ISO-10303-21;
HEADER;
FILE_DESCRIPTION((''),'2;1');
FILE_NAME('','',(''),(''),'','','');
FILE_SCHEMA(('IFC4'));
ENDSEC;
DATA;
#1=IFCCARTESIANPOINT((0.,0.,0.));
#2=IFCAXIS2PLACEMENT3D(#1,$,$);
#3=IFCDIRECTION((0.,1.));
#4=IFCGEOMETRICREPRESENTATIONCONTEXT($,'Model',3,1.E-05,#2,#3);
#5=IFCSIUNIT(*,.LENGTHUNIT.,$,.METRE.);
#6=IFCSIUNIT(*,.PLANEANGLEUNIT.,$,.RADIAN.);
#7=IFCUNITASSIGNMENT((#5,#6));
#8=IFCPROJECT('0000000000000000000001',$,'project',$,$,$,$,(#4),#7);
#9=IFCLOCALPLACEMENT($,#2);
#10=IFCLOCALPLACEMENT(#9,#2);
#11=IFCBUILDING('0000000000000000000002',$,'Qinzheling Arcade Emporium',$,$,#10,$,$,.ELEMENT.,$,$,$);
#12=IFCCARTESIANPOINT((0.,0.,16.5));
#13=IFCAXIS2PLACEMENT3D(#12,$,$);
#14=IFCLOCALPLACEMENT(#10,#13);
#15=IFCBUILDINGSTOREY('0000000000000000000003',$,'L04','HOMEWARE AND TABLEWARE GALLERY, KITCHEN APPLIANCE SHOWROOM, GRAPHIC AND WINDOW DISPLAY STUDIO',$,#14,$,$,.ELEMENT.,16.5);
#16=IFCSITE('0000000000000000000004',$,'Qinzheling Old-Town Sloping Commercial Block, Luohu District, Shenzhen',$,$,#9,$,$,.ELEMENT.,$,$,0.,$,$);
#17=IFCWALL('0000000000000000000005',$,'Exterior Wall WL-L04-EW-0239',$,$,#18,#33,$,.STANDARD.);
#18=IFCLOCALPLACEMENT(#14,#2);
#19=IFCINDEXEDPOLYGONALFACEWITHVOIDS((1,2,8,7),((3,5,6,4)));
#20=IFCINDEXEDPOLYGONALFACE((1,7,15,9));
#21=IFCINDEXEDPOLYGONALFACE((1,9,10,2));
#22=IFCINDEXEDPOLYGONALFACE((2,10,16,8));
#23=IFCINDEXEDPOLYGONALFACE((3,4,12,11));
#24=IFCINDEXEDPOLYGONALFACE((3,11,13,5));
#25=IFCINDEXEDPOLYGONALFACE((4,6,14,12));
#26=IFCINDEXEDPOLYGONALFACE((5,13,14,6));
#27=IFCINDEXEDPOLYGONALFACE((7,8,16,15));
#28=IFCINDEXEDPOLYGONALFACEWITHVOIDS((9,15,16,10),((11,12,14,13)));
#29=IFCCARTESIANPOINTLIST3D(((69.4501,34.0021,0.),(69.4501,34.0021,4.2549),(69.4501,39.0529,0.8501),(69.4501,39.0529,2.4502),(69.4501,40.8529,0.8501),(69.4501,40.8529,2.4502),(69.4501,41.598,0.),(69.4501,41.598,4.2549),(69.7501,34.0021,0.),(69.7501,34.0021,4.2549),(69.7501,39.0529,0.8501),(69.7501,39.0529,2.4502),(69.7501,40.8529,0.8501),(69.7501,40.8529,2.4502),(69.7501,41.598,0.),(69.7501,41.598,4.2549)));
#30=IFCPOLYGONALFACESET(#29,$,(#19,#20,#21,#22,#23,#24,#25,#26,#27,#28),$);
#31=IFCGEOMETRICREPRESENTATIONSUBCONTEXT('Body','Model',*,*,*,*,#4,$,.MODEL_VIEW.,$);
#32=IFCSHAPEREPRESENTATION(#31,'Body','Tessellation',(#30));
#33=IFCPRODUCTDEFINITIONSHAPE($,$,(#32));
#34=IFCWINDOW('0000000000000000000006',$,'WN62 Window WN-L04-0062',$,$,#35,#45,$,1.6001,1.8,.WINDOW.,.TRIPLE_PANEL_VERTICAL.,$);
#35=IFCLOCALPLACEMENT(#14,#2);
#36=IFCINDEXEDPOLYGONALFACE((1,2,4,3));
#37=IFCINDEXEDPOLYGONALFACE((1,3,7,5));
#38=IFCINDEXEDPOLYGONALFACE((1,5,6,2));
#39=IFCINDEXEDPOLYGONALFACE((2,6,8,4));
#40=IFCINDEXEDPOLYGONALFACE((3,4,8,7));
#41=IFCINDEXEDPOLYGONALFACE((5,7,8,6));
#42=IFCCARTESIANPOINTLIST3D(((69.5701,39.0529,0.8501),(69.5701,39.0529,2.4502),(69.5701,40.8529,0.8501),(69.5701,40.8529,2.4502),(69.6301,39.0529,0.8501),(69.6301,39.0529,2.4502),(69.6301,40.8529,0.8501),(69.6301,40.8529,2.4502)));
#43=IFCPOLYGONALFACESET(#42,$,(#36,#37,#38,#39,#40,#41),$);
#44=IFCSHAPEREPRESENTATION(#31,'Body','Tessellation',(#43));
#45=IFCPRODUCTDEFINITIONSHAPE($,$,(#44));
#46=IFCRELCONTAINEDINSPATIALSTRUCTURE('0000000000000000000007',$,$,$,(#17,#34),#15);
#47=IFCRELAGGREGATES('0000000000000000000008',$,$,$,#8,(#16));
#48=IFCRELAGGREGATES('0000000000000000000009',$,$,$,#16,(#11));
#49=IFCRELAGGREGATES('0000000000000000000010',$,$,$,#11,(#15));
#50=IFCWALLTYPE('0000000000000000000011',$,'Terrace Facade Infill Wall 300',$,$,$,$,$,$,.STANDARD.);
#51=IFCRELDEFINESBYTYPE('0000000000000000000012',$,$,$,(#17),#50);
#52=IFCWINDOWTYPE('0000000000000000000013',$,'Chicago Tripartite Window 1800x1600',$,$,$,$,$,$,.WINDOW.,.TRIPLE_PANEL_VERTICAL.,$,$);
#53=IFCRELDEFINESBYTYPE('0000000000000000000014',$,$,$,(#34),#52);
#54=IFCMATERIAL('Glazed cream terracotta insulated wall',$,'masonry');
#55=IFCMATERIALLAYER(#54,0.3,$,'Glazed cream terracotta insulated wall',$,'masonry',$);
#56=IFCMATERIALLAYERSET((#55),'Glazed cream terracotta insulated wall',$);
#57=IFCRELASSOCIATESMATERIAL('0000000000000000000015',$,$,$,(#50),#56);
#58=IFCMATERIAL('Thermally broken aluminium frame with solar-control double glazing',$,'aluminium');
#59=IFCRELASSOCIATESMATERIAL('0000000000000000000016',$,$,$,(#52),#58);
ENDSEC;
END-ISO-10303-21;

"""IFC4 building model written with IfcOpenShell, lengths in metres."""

from ifc_helpers import new_model, si_unit, direction, frame, frame_2d, origin, place, context, subcontext, project, spatial, rectangle, extrude, material, layer, layer_set, type_object, element, fill, save


model = new_model("IFC4")

# Units and contexts
model_context = context("Model", 3, precision=1e-05, world=origin(), true_north=direction((0.0, 1.0)))
body_context = subcontext(model_context, "Body", "Model", "MODEL_VIEW")
ifc_project = project(units=[si_unit("LENGTHUNIT", "METRE"), si_unit("PLANEANGLEUNIT", "RADIAN")], contexts=[model_context])

# Site, building, storey
site_placement = place(None, origin())
site = spatial("IfcSite", under=ifc_project, at=site_placement, Name="Qinzheling Old-Town Sloping Commercial Block, Luohu District, Shenzhen", CompositionType="ELEMENT", RefElevation=0.0)
building_placement = place(site_placement, origin())
building = spatial("IfcBuilding", under=site, at=building_placement, Name="Qinzheling Arcade Emporium", CompositionType="ELEMENT")
storey_placement = place(building_placement, frame((0.0, 0.0, 16.5)))
storey = spatial("IfcBuildingStorey", under=building, at=storey_placement, Name="L04", Description="HOMEWARE AND TABLEWARE GALLERY, KITCHEN APPLIANCE SHOWROOM, GRAPHIC AND WINDOW DISPLAY STUDIO", CompositionType="ELEMENT", Elevation=16.5)

# Wall, opening, window
ifc_material_1 = material(Name="Glazed cream terracotta insulated wall", Category="masonry")
ifc_layer_1 = layer(ifc_material_1, 0.3, Name="Glazed cream terracotta insulated wall", Category="masonry")
ifc_layer_set_1 = layer_set([ifc_layer_1], Name="Glazed cream terracotta insulated wall")
wall_type = type_object("IfcWallType", Name="Terrace Facade Infill Wall 300", PredefinedType="STANDARD", material=ifc_layer_set_1)
wall_placement = place(storey_placement, frame((69.6001, 41.5979, 0.0), z_axis=(0.0, 0.0, 1.0), x_axis=(0.0, -1.0, 0.0)))
wall = element("IfcWall", 1, at=wall_placement, inside=storey, type_object=wall_type, Name="Exterior Wall WL-L04-EW-0239", PredefinedType="STANDARD", context=body_context, shape_type="SweptSolid", body=[
    extrude(rectangle(XDim=7.5959, YDim=0.3, at=frame_2d((3.7979, 0.0))), origin(), (0.0, 0.0, 1.0), 4.2549),
])
opening_placement = place(wall_placement, frame((0.7451, 0.0, 0.8501)))
opening = element("IfcOpeningElement", 2, at=opening_placement, cuts=wall, PredefinedType="OPENING", context=body_context, shape_type="SweptSolid", body=[
    extrude(rectangle(XDim=1.8, YDim=1.6001, at=frame_2d((0.8999, 0.8))), frame((0.0, 0.1602, 0.0), z_axis=(0.0, -1.0, 0.0), x_axis=(1.0, 0.0, 0.0)), (0.0, 0.0, 1.0), 0.3201),
])
ifc_material_2 = material(Name="Thermally broken aluminium frame with solar-control double glazing", Category="aluminium")
window_type = type_object("IfcWindowType", Name="Chicago Tripartite Window 1800x1600", PartitioningType="TRIPLE_PANEL_VERTICAL", PredefinedType="WINDOW", material=ifc_material_2)
window_placement = place(opening_placement, origin())
window = element("IfcWindow", 3, at=window_placement, inside=storey, type_object=window_type, Name="WN62 Window WN-L04-0062", OverallHeight=1.6001, OverallWidth=1.8, PartitioningType="TRIPLE_PANEL_VERTICAL", PredefinedType="WINDOW", context=body_context, shape_type="SweptSolid", body=[
    extrude(rectangle(XDim=1.8, YDim=1.6001, at=frame_2d((0.8999, 0.8))), frame((0.0, 0.03, 0.0), z_axis=(0.0, -1.0, 0.0), x_axis=(1.0, 0.0, 0.0)), (0.0, 0.0, 1.0), 0.0601),
])
fill(opening, window)

save(model, "model.ifc")
